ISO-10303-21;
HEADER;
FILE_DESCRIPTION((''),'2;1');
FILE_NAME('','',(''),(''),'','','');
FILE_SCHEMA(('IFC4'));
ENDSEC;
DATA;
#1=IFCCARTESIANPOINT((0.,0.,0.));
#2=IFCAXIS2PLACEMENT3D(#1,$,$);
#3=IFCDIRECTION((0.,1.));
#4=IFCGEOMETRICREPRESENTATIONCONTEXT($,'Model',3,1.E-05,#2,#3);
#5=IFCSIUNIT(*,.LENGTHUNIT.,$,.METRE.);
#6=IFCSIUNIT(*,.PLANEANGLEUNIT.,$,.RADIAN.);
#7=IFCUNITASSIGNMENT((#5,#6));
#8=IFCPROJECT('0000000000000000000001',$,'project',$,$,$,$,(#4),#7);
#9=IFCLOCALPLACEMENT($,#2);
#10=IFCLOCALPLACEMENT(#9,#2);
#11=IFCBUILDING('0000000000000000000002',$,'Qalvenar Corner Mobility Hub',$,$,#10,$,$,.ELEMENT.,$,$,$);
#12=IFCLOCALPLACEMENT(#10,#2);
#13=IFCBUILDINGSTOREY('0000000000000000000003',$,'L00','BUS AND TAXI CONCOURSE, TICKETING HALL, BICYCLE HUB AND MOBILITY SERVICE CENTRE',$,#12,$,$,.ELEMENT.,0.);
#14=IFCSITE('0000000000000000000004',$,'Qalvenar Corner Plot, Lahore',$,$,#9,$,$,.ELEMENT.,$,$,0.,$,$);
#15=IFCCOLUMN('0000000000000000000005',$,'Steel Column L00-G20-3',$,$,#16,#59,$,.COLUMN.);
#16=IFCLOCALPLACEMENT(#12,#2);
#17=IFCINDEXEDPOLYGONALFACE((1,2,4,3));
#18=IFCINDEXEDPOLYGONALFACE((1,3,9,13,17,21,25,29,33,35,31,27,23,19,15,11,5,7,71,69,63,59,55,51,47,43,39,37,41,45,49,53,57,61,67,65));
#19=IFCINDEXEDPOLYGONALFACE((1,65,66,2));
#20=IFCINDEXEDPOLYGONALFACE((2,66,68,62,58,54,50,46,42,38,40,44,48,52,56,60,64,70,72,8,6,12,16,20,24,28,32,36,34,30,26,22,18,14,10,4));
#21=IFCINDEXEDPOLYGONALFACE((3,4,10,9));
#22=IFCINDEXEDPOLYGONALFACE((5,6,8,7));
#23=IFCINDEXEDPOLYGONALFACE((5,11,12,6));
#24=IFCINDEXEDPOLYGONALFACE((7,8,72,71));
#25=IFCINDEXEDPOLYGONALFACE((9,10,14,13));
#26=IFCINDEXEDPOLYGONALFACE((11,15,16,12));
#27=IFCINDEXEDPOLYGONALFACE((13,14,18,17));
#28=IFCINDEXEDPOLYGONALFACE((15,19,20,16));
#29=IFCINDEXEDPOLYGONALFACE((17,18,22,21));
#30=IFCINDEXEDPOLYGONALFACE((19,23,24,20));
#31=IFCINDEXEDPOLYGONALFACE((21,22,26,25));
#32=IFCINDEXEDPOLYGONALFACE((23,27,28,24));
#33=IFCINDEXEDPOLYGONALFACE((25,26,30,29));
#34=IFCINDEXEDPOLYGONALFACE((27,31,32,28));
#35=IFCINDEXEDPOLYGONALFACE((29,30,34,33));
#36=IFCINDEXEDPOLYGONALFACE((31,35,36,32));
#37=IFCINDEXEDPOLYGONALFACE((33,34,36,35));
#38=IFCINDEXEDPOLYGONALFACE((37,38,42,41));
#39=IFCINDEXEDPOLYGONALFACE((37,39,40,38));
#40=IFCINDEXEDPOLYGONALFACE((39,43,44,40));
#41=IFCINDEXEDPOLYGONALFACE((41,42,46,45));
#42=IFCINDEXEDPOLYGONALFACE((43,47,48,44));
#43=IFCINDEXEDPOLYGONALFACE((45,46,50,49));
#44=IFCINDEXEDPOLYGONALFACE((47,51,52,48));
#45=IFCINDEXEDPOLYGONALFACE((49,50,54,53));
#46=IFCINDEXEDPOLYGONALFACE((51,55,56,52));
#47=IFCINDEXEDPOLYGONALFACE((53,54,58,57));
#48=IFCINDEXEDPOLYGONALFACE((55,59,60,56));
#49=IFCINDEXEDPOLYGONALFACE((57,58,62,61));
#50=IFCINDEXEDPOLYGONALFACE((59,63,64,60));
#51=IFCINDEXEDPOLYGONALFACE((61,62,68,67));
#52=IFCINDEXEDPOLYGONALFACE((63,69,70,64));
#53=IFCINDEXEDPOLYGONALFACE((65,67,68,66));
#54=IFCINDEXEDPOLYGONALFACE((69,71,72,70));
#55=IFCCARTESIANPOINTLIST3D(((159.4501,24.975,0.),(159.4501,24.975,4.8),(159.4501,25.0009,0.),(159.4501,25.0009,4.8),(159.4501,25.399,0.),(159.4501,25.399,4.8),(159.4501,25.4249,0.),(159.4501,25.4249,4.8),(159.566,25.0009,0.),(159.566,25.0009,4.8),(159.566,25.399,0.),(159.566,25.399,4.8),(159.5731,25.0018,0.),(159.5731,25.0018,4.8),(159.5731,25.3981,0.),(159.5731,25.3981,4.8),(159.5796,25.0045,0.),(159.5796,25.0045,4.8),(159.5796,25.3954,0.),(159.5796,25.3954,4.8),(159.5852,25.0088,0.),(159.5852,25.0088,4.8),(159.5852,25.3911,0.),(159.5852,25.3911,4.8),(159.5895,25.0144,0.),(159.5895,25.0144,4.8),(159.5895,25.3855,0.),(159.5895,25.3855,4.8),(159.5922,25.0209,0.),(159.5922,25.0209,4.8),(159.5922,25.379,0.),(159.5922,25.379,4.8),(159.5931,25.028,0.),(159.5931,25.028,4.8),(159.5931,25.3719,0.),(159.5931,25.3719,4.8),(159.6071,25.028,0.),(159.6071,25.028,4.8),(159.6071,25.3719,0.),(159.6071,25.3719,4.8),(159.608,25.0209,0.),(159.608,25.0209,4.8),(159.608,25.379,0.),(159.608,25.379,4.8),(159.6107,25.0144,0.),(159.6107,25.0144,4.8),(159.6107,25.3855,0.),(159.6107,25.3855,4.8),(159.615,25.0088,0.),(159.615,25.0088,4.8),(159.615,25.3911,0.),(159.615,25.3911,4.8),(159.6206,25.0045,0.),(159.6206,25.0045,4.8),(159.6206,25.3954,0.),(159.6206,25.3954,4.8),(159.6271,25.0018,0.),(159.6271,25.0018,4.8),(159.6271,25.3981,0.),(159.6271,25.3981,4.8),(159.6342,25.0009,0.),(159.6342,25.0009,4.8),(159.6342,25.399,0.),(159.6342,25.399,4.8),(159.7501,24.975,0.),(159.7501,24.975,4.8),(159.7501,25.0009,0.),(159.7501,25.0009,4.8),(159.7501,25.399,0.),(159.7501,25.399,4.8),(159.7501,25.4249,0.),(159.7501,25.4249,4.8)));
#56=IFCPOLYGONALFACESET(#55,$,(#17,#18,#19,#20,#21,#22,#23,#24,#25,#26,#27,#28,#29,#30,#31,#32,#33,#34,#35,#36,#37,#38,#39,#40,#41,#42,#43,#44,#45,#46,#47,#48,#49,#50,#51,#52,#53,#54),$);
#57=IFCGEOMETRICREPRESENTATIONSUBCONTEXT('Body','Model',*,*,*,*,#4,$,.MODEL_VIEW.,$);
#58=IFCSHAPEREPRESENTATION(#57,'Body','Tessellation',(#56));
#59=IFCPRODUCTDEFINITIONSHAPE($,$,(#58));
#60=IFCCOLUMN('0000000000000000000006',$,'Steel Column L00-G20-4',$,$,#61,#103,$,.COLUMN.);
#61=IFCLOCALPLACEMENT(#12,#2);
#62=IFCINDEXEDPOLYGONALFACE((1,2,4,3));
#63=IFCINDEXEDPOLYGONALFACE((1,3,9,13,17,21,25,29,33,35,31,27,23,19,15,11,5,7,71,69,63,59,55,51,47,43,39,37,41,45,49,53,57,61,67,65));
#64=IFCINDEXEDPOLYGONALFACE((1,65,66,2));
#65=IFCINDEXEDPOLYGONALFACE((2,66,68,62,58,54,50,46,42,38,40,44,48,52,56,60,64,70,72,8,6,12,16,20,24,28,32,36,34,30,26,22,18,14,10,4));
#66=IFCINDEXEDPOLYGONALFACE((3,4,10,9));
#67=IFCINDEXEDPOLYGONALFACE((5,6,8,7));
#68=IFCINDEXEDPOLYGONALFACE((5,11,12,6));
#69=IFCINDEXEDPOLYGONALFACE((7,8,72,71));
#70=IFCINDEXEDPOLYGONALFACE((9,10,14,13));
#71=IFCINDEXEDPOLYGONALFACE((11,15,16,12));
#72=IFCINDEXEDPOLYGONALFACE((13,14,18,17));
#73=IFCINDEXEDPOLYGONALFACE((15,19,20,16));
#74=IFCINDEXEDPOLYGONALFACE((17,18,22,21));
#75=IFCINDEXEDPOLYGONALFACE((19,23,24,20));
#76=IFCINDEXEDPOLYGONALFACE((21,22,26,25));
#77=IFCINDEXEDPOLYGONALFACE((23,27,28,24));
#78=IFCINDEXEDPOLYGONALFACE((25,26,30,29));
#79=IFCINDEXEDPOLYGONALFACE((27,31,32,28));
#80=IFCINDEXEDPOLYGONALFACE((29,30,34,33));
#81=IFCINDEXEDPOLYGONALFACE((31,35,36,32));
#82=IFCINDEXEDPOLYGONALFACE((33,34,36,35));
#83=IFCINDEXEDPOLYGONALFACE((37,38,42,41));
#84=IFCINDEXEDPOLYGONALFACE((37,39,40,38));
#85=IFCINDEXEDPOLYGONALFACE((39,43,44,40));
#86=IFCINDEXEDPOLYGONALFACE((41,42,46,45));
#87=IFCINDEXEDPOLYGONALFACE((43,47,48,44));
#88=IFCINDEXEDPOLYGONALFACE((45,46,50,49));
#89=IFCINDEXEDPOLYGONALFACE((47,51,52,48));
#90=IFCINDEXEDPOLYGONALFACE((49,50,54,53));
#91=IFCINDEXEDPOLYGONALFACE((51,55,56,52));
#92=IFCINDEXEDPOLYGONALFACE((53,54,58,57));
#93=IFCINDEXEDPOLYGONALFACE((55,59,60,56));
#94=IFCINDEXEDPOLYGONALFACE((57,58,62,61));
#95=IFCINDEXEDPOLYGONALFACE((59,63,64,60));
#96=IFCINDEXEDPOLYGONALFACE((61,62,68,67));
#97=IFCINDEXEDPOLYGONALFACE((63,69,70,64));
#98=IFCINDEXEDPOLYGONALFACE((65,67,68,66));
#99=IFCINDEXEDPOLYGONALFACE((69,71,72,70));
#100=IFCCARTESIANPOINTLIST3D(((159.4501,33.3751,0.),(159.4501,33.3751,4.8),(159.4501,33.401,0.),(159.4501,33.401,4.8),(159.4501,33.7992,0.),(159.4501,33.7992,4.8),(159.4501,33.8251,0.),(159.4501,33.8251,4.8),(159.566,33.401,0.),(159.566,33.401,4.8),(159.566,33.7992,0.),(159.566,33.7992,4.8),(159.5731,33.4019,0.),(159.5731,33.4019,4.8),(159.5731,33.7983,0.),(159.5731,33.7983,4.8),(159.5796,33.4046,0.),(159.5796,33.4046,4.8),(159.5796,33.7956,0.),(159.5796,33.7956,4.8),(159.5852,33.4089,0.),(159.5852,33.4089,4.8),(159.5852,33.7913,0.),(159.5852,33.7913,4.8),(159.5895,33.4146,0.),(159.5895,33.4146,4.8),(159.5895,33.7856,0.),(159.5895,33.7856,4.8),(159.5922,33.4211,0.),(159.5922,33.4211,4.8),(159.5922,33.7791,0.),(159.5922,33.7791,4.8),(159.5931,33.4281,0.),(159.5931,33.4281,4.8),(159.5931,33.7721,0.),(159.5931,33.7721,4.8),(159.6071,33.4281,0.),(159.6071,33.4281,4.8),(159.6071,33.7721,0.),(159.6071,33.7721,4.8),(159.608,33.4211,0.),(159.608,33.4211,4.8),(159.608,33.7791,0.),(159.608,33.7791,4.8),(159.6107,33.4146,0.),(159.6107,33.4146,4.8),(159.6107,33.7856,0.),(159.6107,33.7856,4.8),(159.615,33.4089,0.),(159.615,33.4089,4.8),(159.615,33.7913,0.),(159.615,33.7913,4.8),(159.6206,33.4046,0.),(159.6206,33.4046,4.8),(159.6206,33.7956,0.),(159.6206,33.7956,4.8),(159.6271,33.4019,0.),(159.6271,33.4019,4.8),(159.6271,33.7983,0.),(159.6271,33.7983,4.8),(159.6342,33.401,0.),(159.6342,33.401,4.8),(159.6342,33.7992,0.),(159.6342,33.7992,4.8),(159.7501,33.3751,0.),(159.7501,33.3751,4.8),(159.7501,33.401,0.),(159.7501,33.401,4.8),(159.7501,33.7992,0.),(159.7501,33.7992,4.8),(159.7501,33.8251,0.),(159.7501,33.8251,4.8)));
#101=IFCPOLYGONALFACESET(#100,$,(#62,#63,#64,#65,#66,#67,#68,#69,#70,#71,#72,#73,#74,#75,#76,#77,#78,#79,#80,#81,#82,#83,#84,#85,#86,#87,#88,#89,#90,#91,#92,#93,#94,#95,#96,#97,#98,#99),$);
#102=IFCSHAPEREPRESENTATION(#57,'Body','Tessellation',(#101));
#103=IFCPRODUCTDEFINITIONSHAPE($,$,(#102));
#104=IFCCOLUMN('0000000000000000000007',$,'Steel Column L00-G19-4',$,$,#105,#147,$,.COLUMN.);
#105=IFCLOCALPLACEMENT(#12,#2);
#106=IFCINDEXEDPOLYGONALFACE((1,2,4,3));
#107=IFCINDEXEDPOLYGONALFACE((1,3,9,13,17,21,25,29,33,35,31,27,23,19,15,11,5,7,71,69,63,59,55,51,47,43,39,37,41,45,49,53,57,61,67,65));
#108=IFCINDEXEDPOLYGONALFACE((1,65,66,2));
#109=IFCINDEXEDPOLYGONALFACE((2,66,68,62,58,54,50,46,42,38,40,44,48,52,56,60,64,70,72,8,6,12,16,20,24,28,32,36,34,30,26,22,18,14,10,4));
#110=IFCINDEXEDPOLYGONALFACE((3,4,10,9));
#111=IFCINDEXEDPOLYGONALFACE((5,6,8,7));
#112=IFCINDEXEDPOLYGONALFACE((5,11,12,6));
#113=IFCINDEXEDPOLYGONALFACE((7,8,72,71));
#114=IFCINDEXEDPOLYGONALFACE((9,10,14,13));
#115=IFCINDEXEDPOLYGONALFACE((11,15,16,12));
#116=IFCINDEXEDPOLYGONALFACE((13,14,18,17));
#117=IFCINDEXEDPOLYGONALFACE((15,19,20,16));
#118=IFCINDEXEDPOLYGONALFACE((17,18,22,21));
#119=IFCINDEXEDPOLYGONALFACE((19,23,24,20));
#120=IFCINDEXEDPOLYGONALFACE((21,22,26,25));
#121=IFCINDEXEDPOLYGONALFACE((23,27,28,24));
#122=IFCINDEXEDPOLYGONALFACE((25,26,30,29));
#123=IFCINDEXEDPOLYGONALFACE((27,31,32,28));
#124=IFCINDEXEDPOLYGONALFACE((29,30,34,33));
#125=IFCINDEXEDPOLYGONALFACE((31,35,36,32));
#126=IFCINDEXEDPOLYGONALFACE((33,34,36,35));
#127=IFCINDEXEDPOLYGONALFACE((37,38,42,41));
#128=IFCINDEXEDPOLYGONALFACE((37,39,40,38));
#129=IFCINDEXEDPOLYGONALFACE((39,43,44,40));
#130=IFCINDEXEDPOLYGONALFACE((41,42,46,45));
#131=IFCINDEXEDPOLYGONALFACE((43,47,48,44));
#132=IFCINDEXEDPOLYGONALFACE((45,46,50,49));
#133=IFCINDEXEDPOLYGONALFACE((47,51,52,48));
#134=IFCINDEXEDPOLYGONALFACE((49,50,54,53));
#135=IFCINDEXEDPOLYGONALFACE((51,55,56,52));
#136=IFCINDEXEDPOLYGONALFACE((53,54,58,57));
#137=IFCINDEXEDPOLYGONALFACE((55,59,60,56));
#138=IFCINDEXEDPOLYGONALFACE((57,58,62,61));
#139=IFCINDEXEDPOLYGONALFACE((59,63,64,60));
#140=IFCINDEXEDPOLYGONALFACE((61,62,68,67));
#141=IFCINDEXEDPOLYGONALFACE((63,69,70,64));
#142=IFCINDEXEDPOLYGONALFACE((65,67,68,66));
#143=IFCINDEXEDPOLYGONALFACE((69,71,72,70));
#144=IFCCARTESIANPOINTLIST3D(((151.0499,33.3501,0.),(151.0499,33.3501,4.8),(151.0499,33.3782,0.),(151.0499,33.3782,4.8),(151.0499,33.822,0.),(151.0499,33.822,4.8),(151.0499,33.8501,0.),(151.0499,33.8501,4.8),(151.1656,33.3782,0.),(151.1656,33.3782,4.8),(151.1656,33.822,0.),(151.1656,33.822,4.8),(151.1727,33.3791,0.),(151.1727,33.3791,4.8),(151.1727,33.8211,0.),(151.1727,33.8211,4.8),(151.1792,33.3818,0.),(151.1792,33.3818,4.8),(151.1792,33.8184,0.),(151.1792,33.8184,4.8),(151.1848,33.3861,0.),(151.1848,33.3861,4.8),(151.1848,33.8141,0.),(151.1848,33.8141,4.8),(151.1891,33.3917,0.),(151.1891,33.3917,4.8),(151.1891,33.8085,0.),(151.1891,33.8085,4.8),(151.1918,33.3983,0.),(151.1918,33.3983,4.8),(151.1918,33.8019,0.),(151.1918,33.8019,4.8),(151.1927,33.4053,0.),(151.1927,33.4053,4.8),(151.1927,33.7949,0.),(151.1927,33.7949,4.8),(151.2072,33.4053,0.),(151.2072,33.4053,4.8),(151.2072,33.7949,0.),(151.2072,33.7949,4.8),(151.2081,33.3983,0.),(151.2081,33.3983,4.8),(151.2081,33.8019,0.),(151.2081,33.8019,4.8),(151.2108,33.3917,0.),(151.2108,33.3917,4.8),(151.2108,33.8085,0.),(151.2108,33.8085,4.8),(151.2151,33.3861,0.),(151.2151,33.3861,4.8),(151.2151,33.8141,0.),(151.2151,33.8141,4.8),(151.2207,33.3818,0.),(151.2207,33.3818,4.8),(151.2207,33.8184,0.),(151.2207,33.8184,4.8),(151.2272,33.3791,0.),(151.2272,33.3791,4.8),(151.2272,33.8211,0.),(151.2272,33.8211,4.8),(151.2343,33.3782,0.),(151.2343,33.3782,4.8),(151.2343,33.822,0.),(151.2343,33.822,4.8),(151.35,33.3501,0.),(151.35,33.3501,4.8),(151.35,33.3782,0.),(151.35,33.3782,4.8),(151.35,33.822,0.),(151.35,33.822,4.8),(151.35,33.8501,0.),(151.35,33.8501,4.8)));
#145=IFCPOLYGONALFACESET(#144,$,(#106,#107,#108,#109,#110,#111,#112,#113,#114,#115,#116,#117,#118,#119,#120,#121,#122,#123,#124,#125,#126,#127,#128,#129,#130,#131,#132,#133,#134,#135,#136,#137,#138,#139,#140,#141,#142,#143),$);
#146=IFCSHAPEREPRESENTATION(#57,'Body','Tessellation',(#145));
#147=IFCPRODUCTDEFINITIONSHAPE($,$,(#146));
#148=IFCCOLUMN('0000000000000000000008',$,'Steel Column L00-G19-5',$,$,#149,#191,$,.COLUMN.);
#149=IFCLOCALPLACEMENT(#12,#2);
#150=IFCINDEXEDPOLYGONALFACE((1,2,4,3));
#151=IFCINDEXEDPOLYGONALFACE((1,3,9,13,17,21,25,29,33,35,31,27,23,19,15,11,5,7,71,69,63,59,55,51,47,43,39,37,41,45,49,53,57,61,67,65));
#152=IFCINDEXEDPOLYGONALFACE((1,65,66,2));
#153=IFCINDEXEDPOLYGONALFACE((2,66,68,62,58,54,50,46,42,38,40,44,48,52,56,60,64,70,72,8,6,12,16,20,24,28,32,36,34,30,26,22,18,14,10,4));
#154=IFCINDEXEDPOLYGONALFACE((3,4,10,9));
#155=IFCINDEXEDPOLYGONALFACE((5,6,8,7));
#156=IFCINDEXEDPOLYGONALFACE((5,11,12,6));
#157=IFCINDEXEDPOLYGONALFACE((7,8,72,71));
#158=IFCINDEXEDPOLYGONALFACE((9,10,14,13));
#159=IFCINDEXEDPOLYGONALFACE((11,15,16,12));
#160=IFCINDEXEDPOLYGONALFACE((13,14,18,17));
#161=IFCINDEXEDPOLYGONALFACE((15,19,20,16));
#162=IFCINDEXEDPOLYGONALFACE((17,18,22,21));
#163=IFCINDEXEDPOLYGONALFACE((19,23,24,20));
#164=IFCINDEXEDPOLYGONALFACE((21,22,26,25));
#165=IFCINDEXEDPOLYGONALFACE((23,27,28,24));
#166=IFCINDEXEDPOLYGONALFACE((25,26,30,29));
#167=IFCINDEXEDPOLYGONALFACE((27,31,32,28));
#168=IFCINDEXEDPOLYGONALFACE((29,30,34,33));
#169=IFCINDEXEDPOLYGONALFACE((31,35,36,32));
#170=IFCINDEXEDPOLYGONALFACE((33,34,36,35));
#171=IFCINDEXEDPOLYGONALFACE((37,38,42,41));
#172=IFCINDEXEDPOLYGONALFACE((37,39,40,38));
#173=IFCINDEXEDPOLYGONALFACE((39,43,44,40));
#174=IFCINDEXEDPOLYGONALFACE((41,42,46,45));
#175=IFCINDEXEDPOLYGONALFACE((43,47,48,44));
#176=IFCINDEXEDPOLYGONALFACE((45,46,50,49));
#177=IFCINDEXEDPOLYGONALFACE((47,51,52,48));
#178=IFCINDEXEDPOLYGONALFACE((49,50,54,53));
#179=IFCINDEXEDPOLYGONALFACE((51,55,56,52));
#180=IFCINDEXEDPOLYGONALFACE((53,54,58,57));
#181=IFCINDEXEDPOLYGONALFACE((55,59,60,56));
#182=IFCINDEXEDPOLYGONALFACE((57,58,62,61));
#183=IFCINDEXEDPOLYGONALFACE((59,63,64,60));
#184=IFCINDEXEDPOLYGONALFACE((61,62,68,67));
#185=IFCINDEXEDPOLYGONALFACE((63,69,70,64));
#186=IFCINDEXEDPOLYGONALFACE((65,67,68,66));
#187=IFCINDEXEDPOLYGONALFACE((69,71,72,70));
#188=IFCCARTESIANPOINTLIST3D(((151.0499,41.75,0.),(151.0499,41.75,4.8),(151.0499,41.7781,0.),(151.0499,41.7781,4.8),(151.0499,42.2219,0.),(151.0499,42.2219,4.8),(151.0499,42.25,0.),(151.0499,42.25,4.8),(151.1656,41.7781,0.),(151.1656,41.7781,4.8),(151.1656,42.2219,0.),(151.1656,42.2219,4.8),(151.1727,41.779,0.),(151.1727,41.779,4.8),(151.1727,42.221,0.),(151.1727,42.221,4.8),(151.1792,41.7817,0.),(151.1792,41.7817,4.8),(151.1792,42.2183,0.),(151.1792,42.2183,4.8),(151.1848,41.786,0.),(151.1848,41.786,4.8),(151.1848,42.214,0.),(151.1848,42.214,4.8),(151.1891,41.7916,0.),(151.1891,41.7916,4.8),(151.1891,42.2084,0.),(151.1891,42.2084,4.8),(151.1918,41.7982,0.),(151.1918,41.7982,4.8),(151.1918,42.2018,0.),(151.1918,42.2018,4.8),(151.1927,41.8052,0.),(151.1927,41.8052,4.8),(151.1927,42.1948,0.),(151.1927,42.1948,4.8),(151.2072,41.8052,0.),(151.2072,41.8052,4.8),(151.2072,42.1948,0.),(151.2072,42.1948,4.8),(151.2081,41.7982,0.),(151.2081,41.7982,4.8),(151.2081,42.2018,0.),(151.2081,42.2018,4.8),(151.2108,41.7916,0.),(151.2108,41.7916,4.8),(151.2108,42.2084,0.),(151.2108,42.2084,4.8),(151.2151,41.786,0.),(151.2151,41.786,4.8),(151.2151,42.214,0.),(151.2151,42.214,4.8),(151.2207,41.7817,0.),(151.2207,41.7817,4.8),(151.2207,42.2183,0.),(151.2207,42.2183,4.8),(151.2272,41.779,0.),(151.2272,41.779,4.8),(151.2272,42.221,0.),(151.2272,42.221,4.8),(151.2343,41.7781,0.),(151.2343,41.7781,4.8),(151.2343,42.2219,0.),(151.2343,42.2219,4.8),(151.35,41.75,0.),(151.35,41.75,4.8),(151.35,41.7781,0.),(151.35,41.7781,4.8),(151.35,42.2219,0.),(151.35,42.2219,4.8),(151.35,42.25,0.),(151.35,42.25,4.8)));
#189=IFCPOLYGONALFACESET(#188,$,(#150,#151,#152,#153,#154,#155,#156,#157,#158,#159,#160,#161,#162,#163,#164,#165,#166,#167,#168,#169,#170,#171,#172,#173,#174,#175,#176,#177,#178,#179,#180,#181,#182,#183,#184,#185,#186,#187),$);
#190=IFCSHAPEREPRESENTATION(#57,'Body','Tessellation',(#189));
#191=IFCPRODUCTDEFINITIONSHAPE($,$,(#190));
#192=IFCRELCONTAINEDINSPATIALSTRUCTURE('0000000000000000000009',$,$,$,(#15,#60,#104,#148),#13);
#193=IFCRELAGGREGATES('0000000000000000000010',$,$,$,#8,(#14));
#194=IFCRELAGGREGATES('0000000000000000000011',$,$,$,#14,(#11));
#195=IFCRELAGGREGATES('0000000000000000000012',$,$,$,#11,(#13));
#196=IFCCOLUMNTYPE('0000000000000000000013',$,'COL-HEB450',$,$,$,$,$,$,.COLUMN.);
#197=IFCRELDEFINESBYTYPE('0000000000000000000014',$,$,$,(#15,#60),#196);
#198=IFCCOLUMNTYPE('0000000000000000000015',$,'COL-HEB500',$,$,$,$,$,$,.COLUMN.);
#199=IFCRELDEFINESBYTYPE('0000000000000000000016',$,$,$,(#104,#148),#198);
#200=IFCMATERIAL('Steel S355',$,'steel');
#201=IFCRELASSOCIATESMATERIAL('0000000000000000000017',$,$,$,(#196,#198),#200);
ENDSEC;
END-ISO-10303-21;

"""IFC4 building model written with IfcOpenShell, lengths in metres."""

from ifc_helpers import new_model, si_unit, direction, frame, origin, origin_2d, place, context, subcontext, project, spatial, i_section, extrude, material, material_profile, profile_set, type_object, element, save


model = new_model("IFC4")

# Units and contexts
model_context = context("Model", 3, precision=1e-05, world=origin(), true_north=direction((0.0, 1.0)))
body_context = subcontext(model_context, "Body", "Model", "MODEL_VIEW")
ifc_project = project(units=[si_unit("LENGTHUNIT", "METRE"), si_unit("PLANEANGLEUNIT", "RADIAN")], contexts=[model_context])

# Site, building, storey
site_placement = place(None, origin())
site = spatial("IfcSite", under=ifc_project, at=site_placement, Name="Qalvenar Corner Plot, Lahore", CompositionType="ELEMENT", RefElevation=0.0)
building_placement = place(site_placement, origin())
building = spatial("IfcBuilding", under=site, at=building_placement, Name="Qalvenar Corner Mobility Hub", CompositionType="ELEMENT")
storey_placement = place(building_placement, origin())
storey = spatial("IfcBuildingStorey", under=building, at=storey_placement, Name="L00", Description="BUS AND TAXI CONCOURSE, TICKETING HALL, BICYCLE HUB AND MOBILITY SERVICE CENTRE", CompositionType="ELEMENT", Elevation=0.0)

# Columns
ifc_material_1 = material(Name="Steel S355", Category="steel")
ifc_material_profile_1 = material_profile(ifc_material_1, i_section(OverallWidth=0.3, OverallDepth=0.45, WebThickness=0.0139, FlangeThickness=0.0259, FilletRadius=0.0271, at=origin_2d()), Name="HEB450")
ifc_profile_set_1 = profile_set([ifc_material_profile_1], Name="Steel S355")
column_type_1 = type_object("IfcColumnType", Name="COL-HEB450", PredefinedType="COLUMN", material=ifc_profile_set_1)
for number, where, z_axis, x_axis, name in (
    (1, (159.6001, 25.2, 0.0), (0.0, 0.0, 1.0), (1.0, 0.0, 0.0), "Steel Column L00-G20-3"),
    (2, (159.6001, 33.6001, 0.0), (0.0, 0.0, 1.0), (1.0, 0.0, 0.0), "Steel Column L00-G20-4"),
):
    element("IfcColumn", number, at=place(storey_placement, frame(where, z_axis=z_axis, x_axis=x_axis)), inside=storey, type_object=column_type_1, Name=name, PredefinedType="COLUMN", context=body_context, shape_type="SweptSolid", body=[
        extrude(i_section(OverallWidth=0.3, OverallDepth=0.45, WebThickness=0.0139, FlangeThickness=0.0259, FilletRadius=0.0271, at=origin_2d()), origin(), (0.0, 0.0, 1.0), 4.8),
    ])
ifc_material_profile_2 = material_profile(ifc_material_1, i_section(OverallWidth=0.3, OverallDepth=0.5, WebThickness=0.0144, FlangeThickness=0.0281, FilletRadius=0.0271, at=origin_2d()), Name="HEB500")
ifc_profile_set_2 = profile_set([ifc_material_profile_2], Name="Steel S355")
column_type_2 = type_object("IfcColumnType", Name="COL-HEB500", PredefinedType="COLUMN", material=ifc_profile_set_2)
for number, where, z_axis, x_axis, name in (
    (3, (151.2, 33.6001, 0.0), (0.0, 0.0, 1.0), (1.0, 0.0, 0.0), "Steel Column L00-G19-4"),
    (4, (151.2, 42.0, 0.0), (0.0, 0.0, 1.0), (1.0, 0.0, 0.0), "Steel Column L00-G19-5"),
):
    element("IfcColumn", number, at=place(storey_placement, frame(where, z_axis=z_axis, x_axis=x_axis)), inside=storey, type_object=column_type_2, Name=name, PredefinedType="COLUMN", context=body_context, shape_type="SweptSolid", body=[
        extrude(i_section(OverallWidth=0.3, OverallDepth=0.5, WebThickness=0.0144, FlangeThickness=0.0281, FilletRadius=0.0271, at=origin_2d()), origin(), (0.0, 0.0, 1.0), 4.8),
    ])

save(model, "model.ifc")
